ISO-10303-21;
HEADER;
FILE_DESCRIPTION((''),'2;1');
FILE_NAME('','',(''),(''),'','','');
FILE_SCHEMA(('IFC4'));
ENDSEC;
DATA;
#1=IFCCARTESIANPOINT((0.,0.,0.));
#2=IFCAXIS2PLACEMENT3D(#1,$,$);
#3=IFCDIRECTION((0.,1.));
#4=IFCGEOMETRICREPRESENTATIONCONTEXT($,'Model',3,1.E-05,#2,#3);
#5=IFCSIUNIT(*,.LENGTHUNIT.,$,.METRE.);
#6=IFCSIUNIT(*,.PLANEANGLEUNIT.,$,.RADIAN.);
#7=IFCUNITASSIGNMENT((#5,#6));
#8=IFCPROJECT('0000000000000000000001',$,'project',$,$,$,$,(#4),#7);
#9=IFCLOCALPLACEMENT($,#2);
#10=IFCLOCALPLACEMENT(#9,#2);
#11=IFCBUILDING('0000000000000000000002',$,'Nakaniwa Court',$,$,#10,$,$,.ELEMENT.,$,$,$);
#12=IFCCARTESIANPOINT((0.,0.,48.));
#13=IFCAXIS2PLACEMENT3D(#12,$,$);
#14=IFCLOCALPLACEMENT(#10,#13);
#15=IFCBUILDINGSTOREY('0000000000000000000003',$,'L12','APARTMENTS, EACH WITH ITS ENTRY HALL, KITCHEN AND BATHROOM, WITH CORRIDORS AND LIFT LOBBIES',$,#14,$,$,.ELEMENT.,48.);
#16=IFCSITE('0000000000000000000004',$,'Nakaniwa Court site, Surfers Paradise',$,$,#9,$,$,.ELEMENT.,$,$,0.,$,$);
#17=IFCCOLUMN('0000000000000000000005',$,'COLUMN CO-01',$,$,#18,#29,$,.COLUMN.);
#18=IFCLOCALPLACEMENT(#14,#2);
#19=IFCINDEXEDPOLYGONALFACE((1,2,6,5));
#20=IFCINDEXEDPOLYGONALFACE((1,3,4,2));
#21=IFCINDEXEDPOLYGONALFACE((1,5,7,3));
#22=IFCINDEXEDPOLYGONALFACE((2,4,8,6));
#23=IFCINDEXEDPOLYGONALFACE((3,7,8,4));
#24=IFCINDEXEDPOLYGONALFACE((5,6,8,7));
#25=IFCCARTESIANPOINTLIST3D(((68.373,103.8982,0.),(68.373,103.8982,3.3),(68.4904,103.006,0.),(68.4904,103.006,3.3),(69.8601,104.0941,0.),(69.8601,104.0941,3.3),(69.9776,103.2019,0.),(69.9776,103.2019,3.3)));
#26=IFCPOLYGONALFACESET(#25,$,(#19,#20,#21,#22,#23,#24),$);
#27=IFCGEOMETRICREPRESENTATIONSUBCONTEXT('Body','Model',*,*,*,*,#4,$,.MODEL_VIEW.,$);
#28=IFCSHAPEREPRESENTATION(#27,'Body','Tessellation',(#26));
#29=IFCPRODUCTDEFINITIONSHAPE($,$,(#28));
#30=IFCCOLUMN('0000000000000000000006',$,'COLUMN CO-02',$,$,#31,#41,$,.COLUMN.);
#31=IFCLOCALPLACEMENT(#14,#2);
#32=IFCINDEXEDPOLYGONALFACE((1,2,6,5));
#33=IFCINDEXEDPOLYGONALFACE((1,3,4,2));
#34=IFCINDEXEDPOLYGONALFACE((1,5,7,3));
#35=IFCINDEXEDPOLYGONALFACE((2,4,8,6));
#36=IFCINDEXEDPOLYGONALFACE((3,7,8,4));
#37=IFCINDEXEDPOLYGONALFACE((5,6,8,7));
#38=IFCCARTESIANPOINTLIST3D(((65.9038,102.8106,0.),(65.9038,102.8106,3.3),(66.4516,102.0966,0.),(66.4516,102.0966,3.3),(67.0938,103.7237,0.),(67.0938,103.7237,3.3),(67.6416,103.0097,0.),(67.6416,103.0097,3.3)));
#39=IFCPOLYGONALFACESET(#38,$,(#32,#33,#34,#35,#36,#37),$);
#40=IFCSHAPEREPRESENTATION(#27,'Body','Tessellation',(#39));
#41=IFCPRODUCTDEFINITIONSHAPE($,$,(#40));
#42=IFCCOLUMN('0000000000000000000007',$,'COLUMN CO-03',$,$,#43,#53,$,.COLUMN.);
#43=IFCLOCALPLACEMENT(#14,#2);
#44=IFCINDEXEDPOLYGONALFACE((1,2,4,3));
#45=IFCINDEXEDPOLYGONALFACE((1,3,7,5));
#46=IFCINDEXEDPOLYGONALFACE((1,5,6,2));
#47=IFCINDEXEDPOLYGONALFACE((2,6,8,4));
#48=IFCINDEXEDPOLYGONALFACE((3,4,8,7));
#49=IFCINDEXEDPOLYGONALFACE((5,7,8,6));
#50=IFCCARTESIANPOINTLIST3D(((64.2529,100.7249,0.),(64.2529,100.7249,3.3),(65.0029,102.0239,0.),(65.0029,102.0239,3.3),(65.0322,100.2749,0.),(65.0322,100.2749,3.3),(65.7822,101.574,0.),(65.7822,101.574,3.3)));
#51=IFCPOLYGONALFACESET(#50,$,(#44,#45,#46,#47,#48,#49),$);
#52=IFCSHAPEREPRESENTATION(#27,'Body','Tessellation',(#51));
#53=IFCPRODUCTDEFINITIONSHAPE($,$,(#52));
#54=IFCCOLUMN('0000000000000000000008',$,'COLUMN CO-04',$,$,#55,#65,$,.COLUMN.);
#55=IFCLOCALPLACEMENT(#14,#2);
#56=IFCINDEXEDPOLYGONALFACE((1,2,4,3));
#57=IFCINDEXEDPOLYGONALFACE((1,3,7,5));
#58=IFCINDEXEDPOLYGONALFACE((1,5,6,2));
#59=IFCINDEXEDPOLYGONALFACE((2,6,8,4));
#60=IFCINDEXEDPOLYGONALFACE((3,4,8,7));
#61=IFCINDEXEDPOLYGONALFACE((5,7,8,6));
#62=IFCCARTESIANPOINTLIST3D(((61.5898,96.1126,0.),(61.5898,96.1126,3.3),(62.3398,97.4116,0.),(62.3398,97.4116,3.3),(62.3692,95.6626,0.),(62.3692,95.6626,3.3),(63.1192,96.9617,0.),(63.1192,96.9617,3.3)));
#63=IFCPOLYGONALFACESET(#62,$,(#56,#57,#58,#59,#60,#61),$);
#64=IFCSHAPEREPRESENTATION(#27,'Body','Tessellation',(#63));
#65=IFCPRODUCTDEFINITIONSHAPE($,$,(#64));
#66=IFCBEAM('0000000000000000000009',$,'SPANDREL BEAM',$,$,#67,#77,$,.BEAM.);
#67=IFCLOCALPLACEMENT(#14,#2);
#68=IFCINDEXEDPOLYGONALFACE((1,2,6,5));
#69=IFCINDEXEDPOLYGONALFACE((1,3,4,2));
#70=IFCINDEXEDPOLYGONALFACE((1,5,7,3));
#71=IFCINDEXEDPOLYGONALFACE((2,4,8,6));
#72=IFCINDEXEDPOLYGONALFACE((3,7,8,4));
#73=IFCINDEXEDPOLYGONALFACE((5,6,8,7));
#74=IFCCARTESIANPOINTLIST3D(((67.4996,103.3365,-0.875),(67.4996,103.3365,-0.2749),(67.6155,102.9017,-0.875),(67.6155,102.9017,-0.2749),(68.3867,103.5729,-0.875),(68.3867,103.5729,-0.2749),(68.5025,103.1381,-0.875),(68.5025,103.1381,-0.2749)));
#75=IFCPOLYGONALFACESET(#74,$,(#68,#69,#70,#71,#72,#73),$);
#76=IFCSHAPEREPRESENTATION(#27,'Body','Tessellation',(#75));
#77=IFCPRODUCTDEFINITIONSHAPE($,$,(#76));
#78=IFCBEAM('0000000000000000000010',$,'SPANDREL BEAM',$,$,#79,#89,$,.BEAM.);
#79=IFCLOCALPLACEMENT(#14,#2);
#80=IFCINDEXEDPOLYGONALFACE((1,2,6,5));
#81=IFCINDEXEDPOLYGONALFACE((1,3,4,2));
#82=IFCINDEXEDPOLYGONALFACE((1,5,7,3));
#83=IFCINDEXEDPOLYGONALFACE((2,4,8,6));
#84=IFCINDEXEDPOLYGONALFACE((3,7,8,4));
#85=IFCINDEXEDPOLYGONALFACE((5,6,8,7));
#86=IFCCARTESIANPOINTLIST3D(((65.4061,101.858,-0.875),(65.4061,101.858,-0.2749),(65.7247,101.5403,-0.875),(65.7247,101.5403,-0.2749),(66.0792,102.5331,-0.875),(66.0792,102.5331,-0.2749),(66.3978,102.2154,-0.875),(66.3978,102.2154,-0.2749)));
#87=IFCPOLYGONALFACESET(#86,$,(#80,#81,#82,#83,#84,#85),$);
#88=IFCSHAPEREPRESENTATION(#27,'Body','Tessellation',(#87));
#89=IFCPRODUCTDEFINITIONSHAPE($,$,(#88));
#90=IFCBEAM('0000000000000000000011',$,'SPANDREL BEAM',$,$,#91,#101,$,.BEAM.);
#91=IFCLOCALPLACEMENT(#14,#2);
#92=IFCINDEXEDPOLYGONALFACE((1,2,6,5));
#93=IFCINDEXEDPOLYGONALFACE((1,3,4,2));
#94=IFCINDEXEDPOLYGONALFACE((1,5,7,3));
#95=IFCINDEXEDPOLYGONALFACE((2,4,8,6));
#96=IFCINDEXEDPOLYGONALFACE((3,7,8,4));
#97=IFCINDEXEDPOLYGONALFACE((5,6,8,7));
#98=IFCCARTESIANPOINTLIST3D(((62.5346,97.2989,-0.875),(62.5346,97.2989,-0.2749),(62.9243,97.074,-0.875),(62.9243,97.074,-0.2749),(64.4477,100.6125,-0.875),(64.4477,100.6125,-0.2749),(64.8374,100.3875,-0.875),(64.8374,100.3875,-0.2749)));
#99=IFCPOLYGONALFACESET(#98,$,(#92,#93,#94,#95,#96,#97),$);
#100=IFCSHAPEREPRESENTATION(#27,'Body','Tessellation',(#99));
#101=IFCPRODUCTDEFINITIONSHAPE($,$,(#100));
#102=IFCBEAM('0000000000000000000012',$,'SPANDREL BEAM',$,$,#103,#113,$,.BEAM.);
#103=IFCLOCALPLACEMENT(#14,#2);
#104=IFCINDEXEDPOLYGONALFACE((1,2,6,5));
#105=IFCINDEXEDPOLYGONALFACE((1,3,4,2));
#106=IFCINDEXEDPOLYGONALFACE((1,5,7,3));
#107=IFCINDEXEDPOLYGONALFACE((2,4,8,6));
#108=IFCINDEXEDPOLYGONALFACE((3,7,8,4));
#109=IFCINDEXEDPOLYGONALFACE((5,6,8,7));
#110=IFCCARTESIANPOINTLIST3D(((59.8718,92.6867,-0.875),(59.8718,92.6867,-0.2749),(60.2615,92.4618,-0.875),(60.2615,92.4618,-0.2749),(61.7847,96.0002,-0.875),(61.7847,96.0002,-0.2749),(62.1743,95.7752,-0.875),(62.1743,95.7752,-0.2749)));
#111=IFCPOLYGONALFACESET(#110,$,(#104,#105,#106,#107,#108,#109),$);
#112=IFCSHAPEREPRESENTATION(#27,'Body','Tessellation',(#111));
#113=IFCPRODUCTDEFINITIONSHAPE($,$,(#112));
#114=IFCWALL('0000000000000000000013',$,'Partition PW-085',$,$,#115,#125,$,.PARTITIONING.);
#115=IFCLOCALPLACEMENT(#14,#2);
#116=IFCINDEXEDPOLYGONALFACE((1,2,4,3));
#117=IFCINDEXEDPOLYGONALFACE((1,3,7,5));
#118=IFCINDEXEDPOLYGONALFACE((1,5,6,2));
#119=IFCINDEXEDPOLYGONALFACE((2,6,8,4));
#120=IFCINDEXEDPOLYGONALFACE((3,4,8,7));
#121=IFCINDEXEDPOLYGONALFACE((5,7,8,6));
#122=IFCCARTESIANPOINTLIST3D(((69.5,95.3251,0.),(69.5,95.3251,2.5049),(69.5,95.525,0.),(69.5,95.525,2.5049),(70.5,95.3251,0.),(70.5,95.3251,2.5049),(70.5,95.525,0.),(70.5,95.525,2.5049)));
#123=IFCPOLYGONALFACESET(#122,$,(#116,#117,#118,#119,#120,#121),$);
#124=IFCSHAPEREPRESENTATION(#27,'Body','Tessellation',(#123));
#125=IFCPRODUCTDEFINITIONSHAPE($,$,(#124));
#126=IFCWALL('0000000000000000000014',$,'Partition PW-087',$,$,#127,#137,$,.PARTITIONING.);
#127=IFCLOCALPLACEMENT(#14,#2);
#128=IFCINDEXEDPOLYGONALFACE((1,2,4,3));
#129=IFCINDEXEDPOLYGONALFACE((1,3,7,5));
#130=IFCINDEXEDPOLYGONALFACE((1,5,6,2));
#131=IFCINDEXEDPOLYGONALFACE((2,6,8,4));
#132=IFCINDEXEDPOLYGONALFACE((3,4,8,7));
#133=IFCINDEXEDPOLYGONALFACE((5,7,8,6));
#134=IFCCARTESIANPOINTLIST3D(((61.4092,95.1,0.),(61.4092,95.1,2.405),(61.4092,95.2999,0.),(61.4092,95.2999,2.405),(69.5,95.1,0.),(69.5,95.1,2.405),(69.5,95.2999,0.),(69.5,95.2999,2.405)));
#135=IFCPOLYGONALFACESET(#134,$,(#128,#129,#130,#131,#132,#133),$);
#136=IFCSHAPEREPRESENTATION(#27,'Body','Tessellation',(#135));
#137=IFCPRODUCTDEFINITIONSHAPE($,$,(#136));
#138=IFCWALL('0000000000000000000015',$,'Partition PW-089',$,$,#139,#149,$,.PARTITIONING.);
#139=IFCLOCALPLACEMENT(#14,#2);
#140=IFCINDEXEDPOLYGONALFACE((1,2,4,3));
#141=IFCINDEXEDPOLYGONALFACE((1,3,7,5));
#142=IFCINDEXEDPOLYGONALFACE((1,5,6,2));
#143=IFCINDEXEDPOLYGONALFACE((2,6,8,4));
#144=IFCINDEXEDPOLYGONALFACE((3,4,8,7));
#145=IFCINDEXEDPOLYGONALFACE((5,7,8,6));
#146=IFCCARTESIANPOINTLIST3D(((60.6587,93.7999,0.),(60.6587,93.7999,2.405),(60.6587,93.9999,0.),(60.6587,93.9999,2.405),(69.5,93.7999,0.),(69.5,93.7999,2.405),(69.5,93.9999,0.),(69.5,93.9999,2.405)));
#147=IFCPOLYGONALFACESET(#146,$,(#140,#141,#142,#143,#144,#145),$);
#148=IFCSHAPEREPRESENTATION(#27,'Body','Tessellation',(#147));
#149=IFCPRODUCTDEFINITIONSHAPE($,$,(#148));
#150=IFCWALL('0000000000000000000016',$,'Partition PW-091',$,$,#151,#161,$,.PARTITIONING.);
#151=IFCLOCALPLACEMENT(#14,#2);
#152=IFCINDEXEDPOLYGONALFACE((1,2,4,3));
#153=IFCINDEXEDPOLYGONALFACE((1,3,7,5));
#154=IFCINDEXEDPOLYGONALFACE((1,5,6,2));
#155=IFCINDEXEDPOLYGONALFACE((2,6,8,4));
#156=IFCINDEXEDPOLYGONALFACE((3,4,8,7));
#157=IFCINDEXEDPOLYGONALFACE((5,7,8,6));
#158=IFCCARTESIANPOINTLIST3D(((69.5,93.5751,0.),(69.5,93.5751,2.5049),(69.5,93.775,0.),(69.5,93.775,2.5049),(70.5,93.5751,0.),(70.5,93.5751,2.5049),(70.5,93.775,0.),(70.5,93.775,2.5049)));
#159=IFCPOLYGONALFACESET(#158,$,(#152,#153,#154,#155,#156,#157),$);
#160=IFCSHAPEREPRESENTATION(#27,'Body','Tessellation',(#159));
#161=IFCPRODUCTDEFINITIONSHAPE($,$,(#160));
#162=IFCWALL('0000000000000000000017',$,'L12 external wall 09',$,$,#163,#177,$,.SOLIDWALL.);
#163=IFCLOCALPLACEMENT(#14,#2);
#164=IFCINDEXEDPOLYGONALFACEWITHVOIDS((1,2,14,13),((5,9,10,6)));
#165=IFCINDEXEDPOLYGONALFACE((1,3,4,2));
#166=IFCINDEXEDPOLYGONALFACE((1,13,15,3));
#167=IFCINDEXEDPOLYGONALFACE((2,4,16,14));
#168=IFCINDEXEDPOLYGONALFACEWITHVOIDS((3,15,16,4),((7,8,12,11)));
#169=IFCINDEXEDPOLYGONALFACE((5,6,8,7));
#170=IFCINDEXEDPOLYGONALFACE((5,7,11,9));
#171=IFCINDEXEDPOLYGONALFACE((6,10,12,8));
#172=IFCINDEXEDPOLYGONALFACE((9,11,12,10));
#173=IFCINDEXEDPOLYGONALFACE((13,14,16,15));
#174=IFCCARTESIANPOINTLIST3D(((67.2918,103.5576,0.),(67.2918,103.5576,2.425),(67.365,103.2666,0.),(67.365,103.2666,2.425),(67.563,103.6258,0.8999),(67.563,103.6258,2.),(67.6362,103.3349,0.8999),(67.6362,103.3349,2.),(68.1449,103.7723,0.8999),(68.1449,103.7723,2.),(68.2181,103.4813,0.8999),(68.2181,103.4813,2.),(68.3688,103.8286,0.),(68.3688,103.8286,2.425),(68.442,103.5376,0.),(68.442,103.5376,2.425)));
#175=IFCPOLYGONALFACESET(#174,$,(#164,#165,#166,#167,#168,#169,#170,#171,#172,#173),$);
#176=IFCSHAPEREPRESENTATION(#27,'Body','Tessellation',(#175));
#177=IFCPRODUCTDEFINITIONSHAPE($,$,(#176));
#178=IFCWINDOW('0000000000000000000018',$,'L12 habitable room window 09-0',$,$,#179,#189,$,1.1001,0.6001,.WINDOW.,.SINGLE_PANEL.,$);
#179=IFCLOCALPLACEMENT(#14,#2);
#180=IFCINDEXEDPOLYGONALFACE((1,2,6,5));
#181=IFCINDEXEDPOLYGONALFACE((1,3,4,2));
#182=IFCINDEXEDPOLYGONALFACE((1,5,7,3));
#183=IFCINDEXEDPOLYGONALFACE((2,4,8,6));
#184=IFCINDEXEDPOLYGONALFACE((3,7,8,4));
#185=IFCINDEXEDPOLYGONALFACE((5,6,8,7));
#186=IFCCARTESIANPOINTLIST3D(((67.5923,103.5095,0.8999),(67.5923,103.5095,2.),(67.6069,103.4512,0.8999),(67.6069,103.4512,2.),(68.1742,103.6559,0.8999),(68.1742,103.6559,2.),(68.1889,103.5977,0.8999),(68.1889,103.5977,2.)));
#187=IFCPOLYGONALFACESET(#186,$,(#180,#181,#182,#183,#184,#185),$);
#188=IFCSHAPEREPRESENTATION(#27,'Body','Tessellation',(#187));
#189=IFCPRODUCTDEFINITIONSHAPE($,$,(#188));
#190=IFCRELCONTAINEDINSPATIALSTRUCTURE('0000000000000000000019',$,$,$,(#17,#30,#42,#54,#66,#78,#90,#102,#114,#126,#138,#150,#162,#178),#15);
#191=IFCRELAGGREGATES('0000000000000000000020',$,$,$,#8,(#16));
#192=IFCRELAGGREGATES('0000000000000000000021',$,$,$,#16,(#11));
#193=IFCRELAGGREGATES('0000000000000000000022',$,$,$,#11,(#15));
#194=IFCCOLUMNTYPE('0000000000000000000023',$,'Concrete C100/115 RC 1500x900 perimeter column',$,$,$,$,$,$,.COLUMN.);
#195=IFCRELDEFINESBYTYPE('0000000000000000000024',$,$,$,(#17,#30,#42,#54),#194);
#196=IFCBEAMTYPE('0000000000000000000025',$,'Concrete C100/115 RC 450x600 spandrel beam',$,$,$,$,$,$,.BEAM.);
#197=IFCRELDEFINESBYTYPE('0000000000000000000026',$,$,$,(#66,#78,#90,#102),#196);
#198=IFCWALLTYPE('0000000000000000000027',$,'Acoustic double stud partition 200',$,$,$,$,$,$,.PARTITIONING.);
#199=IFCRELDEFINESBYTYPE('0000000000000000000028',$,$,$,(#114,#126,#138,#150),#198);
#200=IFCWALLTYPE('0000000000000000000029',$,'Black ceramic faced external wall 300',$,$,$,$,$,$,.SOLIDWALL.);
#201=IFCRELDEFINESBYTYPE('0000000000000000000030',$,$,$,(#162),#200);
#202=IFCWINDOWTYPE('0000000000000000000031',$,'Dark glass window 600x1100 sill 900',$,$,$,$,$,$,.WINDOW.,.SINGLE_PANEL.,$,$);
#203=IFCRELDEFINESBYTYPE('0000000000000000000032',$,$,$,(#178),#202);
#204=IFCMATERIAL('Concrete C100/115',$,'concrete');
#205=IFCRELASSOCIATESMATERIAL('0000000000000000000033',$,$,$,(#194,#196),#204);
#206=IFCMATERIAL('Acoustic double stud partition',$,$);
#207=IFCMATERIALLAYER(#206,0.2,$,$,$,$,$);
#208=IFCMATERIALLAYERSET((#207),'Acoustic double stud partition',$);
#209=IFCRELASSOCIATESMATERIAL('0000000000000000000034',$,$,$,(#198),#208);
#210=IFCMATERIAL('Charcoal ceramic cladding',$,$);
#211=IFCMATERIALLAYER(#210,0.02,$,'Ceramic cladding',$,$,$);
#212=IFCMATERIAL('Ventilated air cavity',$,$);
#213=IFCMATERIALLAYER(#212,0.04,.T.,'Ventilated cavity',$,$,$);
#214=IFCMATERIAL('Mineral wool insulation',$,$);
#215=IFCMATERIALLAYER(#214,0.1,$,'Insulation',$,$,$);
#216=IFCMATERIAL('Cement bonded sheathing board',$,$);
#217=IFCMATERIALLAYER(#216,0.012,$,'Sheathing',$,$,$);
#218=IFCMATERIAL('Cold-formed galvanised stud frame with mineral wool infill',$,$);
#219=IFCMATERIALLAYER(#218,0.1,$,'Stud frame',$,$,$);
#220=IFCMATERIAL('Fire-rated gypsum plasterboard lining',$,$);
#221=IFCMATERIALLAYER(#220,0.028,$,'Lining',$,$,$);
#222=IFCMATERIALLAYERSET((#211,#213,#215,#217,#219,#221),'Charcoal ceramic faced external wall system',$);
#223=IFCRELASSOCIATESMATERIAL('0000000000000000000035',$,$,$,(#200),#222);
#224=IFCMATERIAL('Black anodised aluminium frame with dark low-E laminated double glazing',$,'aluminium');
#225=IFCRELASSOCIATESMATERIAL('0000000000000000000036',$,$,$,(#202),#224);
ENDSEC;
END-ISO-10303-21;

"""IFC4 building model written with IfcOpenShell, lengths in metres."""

from ifc_helpers import new_model, si_unit, direction, frame, frame_2d, origin, origin_2d, place, context, subcontext, project, spatial, rectangle, extrude, material, layer, layer_set, material_profile, profile_set, type_object, element, fill, save


model = new_model("IFC4")

# Units and contexts
model_context = context("Model", 3, precision=1e-05, world=origin(), true_north=direction((0.0, 1.0)))
body_context = subcontext(model_context, "Body", "Model", "MODEL_VIEW")
ifc_project = project(units=[si_unit("LENGTHUNIT", "METRE"), si_unit("PLANEANGLEUNIT", "RADIAN")], contexts=[model_context])

# Site, building, storey
site_placement = place(None, origin())
site = spatial("IfcSite", under=ifc_project, at=site_placement, Name="Nakaniwa Court site, Surfers Paradise", CompositionType="ELEMENT", RefElevation=0.0)
building_placement = place(site_placement, origin())
building = spatial("IfcBuilding", under=site, at=building_placement, Name="Nakaniwa Court", CompositionType="ELEMENT")
storey_placement = place(building_placement, frame((0.0, 0.0, 48.0)))
storey = spatial("IfcBuildingStorey", under=building, at=storey_placement, Name="L12", Description="APARTMENTS, EACH WITH ITS ENTRY HALL, KITCHEN AND BATHROOM, WITH CORRIDORS AND LIFT LOBBIES", CompositionType="ELEMENT", Elevation=48.0)

# Columns
ifc_material_1 = material(Name="Concrete C100/115", Category="concrete")
ifc_material_profile_1 = material_profile(ifc_material_1, rectangle(XDim=1.5, YDim=0.8999, at=origin_2d()), Name="Concrete C100/115 RC 1500x900 perimeter column")
ifc_profile_set_1 = profile_set([ifc_material_profile_1], Name="Concrete C100/115")
column_type = type_object("IfcColumnType", Name="Concrete C100/115 RC 1500x900 perimeter column", PredefinedType="COLUMN", material=ifc_profile_set_1)
for number, where, z_axis, x_axis, name in (
    (1, (69.1753, 103.55, 0.0), (0.0, 0.0, 1.0), (-0.991443, -0.130543, 0.0), "COLUMN CO-01"),
    (2, (66.7727, 102.9102, 0.0), (0.0, 0.0, 1.0), (-0.793364, -0.608748, 0.0), "COLUMN CO-02"),
    (3, (65.0176, 101.1494, 0.0), (0.0, 0.0, 1.0), (-0.5, -0.866025, 0.0), "COLUMN CO-03"),
    (4, (62.3545, 96.5371, 0.0), (0.0, 0.0, 1.0), (-0.5, -0.866025, 0.0), "COLUMN CO-04"),
):
    element("IfcColumn", number, at=place(storey_placement, frame(where, z_axis=z_axis, x_axis=x_axis)), inside=storey, type_object=column_type, Name=name, PredefinedType="COLUMN", context=body_context, shape_type="SweptSolid", body=[
        extrude(rectangle(XDim=1.5, YDim=0.8999, at=origin_2d()), origin(), (0.0, 0.0, 1.0), 3.3),
    ])

# Beams
ifc_material_profile_2 = material_profile(ifc_material_1, rectangle(XDim=0.45, YDim=0.6001, at=origin_2d()), Name="Concrete C100/115 RC 450x600 spandrel beam")
ifc_profile_set_2 = profile_set([ifc_material_profile_2], Name="Concrete C100/115")
beam_type = type_object("IfcBeamType", Name="Concrete C100/115 RC 450x600 spandrel beam", PredefinedType="BEAM", material=ifc_profile_set_2)
beam_1_placement = place(storey_placement, frame((68.4446, 103.3555, -0.575), z_axis=(-0.966288, -0.257464, 0.0), x_axis=(0.257464, -0.966288, 0.0)))
element("IfcBeam", 5, at=beam_1_placement, inside=storey, type_object=beam_type, Name="SPANDREL BEAM", PredefinedType="BEAM", context=body_context, shape_type="SweptSolid", body=[
    extrude(rectangle(XDim=0.45, YDim=0.6001, at=origin_2d()), origin(), (0.0, 0.0, 1.0), 0.918),
])
beam_2_placement = place(storey_placement, frame((66.2385, 102.3743, -0.575), z_axis=(-0.706082, -0.70813, 0.0), x_axis=(0.70813, -0.706082, 0.0)))
element("IfcBeam", 6, at=beam_2_placement, inside=storey, type_object=beam_type, Name="SPANDREL BEAM", PredefinedType="BEAM", context=body_context, shape_type="SweptSolid", body=[
    extrude(rectangle(XDim=0.45, YDim=0.6001, at=origin_2d()), origin(), (0.0, 0.0, 1.0), 0.9534),
])
beam_3_placement = place(storey_placement, frame((64.6426, 100.5, -0.575), z_axis=(-0.50001, -0.86602, 0.0), x_axis=(0.86602, -0.50001, 0.0)))
element("IfcBeam", 7, at=beam_3_placement, inside=storey, type_object=beam_type, Name="SPANDREL BEAM", PredefinedType="BEAM", context=body_context, shape_type="SweptSolid", body=[
    extrude(rectangle(XDim=0.45, YDim=0.6001, at=origin_2d()), origin(), (0.0, 0.0, 1.0), 3.8262),
])
beam_4_placement = place(storey_placement, frame((61.9795, 95.8877, -0.575), z_axis=(-0.499962, -0.866047, 0.0), x_axis=(0.866047, -0.499962, 0.0)))
element("IfcBeam", 8, at=beam_4_placement, inside=storey, type_object=beam_type, Name="SPANDREL BEAM", PredefinedType="BEAM", context=body_context, shape_type="SweptSolid", body=[
    extrude(rectangle(XDim=0.45, YDim=0.6001, at=origin_2d()), origin(), (0.0, 0.0, 1.0), 3.8259),
])

# Walls
ifc_material_2 = material(Name="Acoustic double stud partition")
ifc_layer_1 = layer(ifc_material_2, 0.2)
ifc_layer_set_1 = layer_set([ifc_layer_1], Name="Acoustic double stud partition")
wall_type_1 = type_object("IfcWallType", Name="Acoustic double stud partition 200", PredefinedType="PARTITIONING", material=ifc_layer_set_1)
wall_1_placement = place(storey_placement, frame((69.5, 95.425, 0.0), z_axis=(0.0, 0.0, 1.0), x_axis=(1.0, 0.0, 0.0)))
element("IfcWall", 9, at=wall_1_placement, inside=storey, type_object=wall_type_1, Name="Partition PW-085", PredefinedType="PARTITIONING", context=body_context, shape_type="SweptSolid", body=[
    extrude(rectangle(XDim=1.0, YDim=0.2, at=frame_2d((0.5, 0.0))), origin(), (0.0, 0.0, 1.0), 2.5049),
])
wall_2_placement = place(storey_placement, frame((61.4092, 95.2, 0.0), z_axis=(0.0, 0.0, 1.0), x_axis=(1.0, 0.0, 0.0)))
element("IfcWall", 10, at=wall_2_placement, inside=storey, type_object=wall_type_1, Name="Partition PW-087", PredefinedType="PARTITIONING", context=body_context, shape_type="SweptSolid", body=[
    extrude(rectangle(XDim=8.0908, YDim=0.2, at=frame_2d((4.0454, 0.0))), origin(), (0.0, 0.0, 1.0), 2.405),
])
wall_3_placement = place(storey_placement, frame((60.6587, 93.8999, 0.0), z_axis=(0.0, 0.0, 1.0), x_axis=(1.0, 0.0, 0.0)))
element("IfcWall", 11, at=wall_3_placement, inside=storey, type_object=wall_type_1, Name="Partition PW-089", PredefinedType="PARTITIONING", context=body_context, shape_type="SweptSolid", body=[
    extrude(rectangle(XDim=8.8413, YDim=0.2, at=frame_2d((4.4207, 0.0))), origin(), (0.0, 0.0, 1.0), 2.405),
])
wall_4_placement = place(storey_placement, frame((69.5, 93.675, 0.0), z_axis=(0.0, 0.0, 1.0), x_axis=(1.0, 0.0, 0.0)))
element("IfcWall", 12, at=wall_4_placement, inside=storey, type_object=wall_type_1, Name="Partition PW-091", PredefinedType="PARTITIONING", context=body_context, shape_type="SweptSolid", body=[
    extrude(rectangle(XDim=1.0, YDim=0.2, at=frame_2d((0.5, 0.0))), origin(), (0.0, 0.0, 1.0), 2.5049),
])

# Wall, opening, window
ifc_material_3 = material(Name="Charcoal ceramic cladding")
ifc_layer_2 = layer(ifc_material_3, 0.02, Name="Ceramic cladding")
ifc_material_4 = material(Name="Ventilated air cavity")
ifc_layer_3 = layer(ifc_material_4, 0.04, ventilated=True, Name="Ventilated cavity")
ifc_material_5 = material(Name="Mineral wool insulation")
ifc_layer_4 = layer(ifc_material_5, 0.1, Name="Insulation")
ifc_material_6 = material(Name="Cement bonded sheathing board")
ifc_layer_5 = layer(ifc_material_6, 0.012, Name="Sheathing")
ifc_material_7 = material(Name="Cold-formed galvanised stud frame with mineral wool infill")
ifc_layer_6 = layer(ifc_material_7, 0.1, Name="Stud frame")
ifc_material_8 = material(Name="Fire-rated gypsum plasterboard lining")
ifc_layer_7 = layer(ifc_material_8, 0.028, Name="Lining")
ifc_layer_set_2 = layer_set([ifc_layer_2, ifc_layer_3, ifc_layer_4, ifc_layer_5, ifc_layer_6, ifc_layer_7], Name="Charcoal ceramic faced external wall system")
wall_type_2 = type_object("IfcWallType", Name="Black ceramic faced external wall 300", PredefinedType="SOLIDWALL", material=ifc_layer_set_2)
wall_5_placement = place(storey_placement, frame((68.4053, 103.6831, 0.0), z_axis=(0.0, 0.0, 1.0), x_axis=(-0.969766, -0.244036, 0.0)))
wall_5 = element("IfcWall", 13, at=wall_5_placement, inside=storey, type_object=wall_type_2, Name="L12 external wall 09", PredefinedType="SOLIDWALL", context=body_context, shape_type="SweptSolid", body=[
    extrude(rectangle(XDim=1.1106, YDim=0.3, at=frame_2d((0.5552, 0.0))), origin(), (0.0, 0.0, 1.0), 2.425),
])
opening_1_placement = place(wall_5_placement, frame((0.2307, 0.0, 0.8999)))
opening_1 = element("IfcOpeningElement", 14, at=opening_1_placement, cuts=wall_5, PredefinedType="OPENING", context=body_context, shape_type="SweptSolid", body=[
    extrude(rectangle(XDim=0.6001, YDim=1.1001, at=frame_2d((0.3, 0.55))), frame((0.0, 0.1599, 0.0), z_axis=(0.0, -1.0, 0.0), x_axis=(1.0, 0.0, 0.0)), (0.0, 0.0, 1.0), 0.3201),
])
ifc_material_9 = material(Name="Black anodised aluminium frame with dark low-E laminated double glazing", Category="aluminium")
window_type_1 = type_object("IfcWindowType", Name="Dark glass window 600x1100 sill 900", PartitioningType="SINGLE_PANEL", PredefinedType="WINDOW", material=ifc_material_9)
window_1_placement = place(opening_1_placement, origin())
window_1 = element("IfcWindow", 15, at=window_1_placement, inside=storey, type_object=window_type_1, Name="L12 habitable room window 09-0", OverallHeight=1.1001, OverallWidth=0.6001, PartitioningType="SINGLE_PANEL", PredefinedType="WINDOW", context=body_context, shape_type="SweptSolid", body=[
    extrude(rectangle(XDim=0.6001, YDim=1.1001, at=frame_2d((0.3, 0.55))), frame((0.0, 0.03, 0.0), z_axis=(0.0, -1.0, 0.0), x_axis=(1.0, 0.0, 0.0)), (0.0, 0.0, 1.0), 0.0601),
])
fill(opening_1, window_1)

save(model, "model.ifc")
